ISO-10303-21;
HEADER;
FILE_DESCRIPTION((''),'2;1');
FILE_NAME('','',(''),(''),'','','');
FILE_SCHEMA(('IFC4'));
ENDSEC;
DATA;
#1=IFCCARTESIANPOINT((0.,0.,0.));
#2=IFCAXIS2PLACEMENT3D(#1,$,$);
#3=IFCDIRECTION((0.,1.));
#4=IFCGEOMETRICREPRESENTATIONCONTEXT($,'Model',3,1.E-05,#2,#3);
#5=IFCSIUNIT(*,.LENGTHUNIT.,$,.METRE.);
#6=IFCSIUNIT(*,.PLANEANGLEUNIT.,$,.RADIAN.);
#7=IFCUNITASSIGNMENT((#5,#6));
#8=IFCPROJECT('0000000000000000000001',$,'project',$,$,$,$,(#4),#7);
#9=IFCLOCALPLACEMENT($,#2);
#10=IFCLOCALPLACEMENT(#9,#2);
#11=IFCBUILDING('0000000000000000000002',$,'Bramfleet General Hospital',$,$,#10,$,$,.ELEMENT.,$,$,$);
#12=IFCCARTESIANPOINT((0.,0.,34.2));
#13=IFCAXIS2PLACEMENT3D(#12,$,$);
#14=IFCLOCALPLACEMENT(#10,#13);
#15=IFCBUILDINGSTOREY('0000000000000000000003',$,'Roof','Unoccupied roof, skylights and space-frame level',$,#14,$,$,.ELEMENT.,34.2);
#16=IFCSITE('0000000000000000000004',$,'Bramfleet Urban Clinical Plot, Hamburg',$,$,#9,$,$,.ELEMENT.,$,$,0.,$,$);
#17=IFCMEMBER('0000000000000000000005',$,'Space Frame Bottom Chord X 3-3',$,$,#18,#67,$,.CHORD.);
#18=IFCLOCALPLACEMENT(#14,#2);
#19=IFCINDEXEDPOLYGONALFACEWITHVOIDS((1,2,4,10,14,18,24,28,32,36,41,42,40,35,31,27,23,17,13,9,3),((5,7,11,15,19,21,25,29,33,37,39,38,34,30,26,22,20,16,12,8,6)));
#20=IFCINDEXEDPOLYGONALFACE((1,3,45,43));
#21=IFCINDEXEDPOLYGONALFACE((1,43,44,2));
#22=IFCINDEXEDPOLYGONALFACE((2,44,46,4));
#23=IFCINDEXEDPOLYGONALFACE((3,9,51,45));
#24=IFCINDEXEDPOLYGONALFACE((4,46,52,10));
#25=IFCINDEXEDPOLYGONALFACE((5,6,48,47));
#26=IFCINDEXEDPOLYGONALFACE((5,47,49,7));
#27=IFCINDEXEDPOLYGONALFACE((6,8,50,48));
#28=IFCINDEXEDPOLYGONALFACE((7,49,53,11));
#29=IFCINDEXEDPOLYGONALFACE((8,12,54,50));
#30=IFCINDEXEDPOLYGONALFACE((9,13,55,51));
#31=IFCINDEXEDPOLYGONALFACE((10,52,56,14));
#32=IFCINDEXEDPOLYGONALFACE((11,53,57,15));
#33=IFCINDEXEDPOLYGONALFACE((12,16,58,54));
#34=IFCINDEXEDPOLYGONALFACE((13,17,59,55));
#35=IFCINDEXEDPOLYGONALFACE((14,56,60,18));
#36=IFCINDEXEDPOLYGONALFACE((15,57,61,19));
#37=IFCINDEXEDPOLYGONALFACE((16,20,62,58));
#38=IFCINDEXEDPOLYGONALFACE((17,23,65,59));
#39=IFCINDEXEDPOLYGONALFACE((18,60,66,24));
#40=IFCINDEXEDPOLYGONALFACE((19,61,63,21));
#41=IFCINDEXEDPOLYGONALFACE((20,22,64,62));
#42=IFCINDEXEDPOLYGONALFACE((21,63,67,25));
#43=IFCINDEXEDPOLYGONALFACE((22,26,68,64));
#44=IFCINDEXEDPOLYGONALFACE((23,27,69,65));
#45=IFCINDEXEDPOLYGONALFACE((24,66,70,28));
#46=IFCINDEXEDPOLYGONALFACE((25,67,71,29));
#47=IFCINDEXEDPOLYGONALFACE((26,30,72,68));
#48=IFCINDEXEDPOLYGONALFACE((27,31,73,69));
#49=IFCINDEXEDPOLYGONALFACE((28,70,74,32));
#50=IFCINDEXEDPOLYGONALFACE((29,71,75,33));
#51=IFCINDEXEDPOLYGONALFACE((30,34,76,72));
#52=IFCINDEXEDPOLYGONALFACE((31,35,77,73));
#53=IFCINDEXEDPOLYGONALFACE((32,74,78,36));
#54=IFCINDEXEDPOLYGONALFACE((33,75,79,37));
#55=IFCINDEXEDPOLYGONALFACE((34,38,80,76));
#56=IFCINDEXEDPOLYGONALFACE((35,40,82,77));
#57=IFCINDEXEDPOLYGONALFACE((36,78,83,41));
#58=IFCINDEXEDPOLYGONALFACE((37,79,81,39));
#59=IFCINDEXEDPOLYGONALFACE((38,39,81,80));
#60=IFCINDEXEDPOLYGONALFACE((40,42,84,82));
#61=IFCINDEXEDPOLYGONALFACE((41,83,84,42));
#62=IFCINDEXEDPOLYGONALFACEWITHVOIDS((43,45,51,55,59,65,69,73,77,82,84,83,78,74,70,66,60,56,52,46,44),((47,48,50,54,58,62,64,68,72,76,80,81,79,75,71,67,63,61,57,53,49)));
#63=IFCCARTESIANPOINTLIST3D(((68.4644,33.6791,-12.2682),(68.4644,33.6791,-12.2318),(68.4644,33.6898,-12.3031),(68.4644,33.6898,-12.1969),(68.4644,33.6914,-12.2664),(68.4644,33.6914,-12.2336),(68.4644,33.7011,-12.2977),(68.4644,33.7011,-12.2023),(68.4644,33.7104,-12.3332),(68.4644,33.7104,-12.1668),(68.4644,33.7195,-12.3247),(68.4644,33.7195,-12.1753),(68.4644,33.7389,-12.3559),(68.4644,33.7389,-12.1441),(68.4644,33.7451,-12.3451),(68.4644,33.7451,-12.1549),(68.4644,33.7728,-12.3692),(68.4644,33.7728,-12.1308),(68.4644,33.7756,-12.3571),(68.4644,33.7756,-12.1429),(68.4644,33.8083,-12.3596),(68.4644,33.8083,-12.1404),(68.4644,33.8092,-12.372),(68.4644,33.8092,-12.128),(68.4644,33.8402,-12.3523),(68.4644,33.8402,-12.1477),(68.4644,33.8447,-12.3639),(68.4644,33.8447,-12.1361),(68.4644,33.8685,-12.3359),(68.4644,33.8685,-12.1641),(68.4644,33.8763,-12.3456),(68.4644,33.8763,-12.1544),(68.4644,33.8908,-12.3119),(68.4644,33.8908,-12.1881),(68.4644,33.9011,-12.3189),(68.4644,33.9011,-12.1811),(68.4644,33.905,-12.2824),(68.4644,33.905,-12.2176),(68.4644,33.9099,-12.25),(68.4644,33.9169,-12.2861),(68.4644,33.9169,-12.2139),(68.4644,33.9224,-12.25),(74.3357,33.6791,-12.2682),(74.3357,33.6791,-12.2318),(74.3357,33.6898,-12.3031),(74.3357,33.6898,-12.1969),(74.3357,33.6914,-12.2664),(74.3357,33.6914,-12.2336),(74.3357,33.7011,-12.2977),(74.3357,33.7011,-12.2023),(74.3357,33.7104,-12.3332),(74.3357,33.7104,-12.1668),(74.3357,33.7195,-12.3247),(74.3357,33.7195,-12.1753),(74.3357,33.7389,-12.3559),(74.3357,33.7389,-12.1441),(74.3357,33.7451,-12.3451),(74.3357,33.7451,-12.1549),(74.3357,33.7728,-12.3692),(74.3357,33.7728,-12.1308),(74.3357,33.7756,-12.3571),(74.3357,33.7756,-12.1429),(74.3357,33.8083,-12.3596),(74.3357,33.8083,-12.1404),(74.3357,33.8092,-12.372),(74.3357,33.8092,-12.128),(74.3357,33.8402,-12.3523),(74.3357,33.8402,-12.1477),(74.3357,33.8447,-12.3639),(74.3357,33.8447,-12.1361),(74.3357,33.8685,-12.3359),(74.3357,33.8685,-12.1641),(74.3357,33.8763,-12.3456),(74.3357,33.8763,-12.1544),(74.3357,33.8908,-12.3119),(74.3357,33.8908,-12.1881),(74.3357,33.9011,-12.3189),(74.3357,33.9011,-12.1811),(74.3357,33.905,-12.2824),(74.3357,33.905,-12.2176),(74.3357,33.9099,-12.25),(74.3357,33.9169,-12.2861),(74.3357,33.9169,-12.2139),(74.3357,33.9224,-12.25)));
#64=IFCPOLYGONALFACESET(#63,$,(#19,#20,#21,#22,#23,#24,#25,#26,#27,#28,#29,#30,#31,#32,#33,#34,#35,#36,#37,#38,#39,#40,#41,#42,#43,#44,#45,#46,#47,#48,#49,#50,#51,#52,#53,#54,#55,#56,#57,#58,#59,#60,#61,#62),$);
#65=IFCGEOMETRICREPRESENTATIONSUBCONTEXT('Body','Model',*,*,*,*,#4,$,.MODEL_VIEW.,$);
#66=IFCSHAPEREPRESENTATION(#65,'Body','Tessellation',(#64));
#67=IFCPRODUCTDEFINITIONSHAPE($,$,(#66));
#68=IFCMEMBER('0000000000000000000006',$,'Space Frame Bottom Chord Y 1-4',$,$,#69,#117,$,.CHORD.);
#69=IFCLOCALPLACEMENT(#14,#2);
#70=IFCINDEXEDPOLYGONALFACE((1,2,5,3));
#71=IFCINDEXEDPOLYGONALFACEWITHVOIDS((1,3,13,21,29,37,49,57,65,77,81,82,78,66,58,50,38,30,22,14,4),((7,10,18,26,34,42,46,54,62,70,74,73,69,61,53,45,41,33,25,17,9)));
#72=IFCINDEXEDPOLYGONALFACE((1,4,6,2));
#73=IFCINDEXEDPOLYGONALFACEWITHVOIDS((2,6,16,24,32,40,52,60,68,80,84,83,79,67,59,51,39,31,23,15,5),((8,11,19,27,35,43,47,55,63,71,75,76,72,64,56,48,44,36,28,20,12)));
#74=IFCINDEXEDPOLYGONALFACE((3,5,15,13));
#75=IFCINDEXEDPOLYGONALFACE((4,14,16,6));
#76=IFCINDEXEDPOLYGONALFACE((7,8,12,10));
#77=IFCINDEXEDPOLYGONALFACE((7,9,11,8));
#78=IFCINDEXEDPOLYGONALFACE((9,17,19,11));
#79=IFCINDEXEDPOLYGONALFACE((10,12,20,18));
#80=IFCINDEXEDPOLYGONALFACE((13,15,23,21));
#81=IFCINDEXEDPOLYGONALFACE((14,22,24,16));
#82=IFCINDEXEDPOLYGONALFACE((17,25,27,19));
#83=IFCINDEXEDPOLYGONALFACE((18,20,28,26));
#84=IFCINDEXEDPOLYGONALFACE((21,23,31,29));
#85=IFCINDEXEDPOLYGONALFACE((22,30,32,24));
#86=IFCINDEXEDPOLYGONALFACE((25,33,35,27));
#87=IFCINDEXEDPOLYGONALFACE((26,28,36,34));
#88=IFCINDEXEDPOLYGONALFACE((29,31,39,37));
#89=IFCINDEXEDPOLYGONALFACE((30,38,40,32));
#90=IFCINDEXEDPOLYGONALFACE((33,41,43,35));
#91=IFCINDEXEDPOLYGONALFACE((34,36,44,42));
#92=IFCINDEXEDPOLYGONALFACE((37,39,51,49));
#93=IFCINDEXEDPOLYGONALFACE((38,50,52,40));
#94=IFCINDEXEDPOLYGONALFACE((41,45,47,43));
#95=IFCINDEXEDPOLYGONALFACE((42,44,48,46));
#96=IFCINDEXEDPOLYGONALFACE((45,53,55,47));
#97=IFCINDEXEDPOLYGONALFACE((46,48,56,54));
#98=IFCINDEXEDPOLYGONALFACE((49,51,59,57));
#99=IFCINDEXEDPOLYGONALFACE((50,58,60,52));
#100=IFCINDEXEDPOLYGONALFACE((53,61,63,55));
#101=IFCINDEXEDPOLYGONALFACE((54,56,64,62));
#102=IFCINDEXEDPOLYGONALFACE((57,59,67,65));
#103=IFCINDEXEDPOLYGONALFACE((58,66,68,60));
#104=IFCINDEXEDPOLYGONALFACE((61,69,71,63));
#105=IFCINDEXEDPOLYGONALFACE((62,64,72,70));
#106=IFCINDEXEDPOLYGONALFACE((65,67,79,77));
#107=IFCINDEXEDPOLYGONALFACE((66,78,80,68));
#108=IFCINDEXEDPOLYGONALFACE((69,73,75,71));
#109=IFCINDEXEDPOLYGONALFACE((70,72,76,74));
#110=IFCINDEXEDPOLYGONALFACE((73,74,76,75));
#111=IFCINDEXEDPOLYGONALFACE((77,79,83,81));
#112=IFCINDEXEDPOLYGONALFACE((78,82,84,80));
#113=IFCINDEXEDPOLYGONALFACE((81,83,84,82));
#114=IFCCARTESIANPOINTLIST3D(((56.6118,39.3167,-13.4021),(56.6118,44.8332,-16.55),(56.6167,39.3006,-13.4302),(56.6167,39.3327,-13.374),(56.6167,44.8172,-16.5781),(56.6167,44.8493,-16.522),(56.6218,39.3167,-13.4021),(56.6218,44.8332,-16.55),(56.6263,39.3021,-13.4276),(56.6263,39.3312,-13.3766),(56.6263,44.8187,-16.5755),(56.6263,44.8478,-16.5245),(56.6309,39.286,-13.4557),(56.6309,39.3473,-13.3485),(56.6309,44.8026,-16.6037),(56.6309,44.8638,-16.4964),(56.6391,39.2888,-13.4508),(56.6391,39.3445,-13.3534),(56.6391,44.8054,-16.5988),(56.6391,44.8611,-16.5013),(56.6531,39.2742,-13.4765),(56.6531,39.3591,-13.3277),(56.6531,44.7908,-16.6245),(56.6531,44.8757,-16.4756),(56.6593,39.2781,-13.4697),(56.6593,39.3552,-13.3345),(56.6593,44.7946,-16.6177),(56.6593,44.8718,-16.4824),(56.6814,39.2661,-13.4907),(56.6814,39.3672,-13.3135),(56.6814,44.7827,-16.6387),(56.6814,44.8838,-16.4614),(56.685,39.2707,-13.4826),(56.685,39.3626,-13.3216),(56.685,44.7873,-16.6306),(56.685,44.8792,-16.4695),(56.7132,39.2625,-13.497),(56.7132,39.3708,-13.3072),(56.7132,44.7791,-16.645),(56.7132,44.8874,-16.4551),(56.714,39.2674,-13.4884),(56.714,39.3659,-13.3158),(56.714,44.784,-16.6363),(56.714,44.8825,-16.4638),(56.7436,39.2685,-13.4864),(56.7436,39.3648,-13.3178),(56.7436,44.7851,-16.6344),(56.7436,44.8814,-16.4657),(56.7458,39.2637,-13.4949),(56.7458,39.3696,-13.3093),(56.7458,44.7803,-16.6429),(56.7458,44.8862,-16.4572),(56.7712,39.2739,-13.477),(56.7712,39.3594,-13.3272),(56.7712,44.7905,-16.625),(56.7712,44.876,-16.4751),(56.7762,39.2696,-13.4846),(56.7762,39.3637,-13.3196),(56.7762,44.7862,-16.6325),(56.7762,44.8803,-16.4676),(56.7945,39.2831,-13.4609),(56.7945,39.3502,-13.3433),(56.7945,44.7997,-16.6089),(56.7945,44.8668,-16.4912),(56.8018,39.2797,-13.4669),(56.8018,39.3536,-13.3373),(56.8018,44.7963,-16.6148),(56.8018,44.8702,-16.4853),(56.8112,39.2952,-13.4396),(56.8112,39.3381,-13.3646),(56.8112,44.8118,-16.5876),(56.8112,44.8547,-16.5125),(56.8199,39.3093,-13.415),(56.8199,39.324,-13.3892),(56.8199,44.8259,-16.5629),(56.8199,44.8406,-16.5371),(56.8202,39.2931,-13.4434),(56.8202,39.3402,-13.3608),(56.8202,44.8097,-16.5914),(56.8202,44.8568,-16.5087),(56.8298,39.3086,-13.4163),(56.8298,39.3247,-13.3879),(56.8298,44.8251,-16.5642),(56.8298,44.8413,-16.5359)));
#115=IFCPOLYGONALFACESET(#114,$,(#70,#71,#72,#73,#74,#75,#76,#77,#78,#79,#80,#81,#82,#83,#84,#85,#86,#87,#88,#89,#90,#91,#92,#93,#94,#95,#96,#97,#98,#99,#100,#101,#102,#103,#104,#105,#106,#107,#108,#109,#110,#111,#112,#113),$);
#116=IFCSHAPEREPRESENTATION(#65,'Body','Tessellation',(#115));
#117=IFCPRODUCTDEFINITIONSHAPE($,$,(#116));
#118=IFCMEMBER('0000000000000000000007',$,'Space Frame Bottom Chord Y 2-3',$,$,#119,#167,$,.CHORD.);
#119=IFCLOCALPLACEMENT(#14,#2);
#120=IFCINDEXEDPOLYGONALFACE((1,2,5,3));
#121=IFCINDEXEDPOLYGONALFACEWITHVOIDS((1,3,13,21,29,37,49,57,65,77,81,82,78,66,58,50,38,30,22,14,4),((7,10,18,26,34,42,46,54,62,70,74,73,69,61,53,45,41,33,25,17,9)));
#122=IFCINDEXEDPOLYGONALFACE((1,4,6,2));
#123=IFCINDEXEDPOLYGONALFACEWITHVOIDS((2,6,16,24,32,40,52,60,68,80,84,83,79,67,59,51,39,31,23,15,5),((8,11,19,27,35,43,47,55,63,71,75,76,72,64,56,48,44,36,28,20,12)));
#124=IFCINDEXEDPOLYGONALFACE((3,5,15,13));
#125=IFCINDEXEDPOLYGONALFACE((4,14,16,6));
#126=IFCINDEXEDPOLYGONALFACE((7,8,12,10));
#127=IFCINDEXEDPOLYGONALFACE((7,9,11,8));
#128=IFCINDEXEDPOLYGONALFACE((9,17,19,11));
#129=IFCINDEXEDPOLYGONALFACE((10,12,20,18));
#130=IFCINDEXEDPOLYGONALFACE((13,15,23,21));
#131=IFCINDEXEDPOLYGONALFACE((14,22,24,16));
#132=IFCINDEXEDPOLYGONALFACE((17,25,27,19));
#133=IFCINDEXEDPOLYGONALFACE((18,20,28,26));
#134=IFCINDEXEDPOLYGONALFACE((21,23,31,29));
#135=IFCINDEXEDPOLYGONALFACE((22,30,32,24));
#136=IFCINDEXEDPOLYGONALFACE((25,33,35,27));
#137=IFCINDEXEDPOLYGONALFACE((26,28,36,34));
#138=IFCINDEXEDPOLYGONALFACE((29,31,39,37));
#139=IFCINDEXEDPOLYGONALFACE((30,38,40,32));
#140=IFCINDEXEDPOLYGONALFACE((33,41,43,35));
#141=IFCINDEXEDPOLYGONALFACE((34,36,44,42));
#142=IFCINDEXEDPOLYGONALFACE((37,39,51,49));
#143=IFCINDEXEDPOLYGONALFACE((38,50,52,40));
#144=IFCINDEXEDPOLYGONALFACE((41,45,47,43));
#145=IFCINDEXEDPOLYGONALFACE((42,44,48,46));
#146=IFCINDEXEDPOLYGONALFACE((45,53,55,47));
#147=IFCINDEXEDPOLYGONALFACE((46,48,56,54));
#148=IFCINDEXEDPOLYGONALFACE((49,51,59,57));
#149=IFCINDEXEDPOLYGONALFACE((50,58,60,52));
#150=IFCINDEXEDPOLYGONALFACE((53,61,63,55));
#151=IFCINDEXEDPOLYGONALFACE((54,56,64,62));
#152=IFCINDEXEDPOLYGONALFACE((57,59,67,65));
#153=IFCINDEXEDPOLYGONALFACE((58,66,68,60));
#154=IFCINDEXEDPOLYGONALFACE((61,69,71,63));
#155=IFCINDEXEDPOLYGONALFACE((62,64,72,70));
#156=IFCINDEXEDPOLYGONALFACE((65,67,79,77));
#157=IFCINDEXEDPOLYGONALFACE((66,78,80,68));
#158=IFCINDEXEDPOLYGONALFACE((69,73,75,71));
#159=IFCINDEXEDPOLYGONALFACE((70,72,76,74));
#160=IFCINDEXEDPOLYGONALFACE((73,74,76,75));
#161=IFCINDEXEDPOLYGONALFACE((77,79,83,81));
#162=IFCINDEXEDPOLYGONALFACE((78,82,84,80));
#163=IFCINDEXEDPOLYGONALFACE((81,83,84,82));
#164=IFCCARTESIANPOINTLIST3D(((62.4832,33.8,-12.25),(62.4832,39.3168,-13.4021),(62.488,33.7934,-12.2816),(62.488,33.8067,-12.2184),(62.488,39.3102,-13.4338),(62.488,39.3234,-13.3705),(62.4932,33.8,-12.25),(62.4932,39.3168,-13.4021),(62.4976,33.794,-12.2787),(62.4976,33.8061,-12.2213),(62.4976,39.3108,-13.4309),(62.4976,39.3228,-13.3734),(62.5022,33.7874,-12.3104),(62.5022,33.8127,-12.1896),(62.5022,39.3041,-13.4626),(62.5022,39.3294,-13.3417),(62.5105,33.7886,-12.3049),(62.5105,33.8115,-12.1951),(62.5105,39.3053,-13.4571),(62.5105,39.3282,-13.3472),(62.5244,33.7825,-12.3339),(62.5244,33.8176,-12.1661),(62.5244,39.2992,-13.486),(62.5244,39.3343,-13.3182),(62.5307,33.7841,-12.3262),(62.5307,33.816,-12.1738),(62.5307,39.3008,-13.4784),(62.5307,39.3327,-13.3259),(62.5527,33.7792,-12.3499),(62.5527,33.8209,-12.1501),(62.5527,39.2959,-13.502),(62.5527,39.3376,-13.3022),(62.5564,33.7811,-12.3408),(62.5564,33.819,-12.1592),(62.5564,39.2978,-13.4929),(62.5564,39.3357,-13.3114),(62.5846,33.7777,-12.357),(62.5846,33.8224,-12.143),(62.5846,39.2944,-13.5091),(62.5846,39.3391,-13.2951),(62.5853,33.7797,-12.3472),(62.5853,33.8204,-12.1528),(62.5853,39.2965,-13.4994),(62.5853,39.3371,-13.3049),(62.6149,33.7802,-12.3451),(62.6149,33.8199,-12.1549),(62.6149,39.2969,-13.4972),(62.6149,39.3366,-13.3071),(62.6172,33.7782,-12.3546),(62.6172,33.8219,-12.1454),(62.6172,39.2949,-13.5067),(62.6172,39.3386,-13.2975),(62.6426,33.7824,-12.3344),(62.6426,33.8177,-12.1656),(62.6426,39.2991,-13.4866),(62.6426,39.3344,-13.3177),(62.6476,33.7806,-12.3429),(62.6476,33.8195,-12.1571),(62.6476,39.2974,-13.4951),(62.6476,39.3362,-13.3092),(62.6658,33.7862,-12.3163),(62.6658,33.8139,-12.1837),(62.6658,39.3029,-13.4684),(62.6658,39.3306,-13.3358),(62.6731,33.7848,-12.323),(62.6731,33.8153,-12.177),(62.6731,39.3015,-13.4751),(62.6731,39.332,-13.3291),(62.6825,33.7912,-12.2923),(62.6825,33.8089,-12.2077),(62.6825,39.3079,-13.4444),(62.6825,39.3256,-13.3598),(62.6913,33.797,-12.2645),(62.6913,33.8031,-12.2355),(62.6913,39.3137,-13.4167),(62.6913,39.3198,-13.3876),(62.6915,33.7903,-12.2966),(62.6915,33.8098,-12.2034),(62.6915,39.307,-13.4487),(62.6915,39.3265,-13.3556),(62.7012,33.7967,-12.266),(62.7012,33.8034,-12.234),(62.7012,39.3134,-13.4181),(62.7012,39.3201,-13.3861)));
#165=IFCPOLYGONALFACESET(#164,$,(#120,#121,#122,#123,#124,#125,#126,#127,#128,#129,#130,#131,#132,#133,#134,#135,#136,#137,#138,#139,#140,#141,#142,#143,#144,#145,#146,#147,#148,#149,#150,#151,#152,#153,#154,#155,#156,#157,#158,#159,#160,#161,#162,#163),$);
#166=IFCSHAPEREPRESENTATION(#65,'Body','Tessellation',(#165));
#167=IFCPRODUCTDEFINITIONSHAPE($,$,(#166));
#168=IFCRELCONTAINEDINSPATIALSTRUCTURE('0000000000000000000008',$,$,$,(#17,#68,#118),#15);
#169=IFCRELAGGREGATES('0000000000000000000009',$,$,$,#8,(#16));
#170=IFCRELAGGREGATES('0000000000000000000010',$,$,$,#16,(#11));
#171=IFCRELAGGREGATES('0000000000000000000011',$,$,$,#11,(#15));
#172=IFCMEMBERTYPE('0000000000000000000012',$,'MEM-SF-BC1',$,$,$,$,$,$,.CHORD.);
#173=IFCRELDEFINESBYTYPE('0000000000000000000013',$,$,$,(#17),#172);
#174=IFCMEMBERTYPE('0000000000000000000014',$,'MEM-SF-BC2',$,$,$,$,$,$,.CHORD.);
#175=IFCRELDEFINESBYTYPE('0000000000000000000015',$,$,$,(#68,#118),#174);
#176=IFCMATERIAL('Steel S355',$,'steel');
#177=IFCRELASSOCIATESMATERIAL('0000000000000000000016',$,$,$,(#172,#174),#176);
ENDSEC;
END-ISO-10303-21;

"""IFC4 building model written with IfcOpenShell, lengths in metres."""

from ifc_helpers import new_model, si_unit, direction, frame, origin, origin_2d, place, context, subcontext, project, spatial, hollow_circle, extrude, material, material_profile, profile_set, type_object, element, save


model = new_model("IFC4")

# Units and contexts
model_context = context("Model", 3, precision=1e-05, world=origin(), true_north=direction((0.0, 1.0)))
body_context = subcontext(model_context, "Body", "Model", "MODEL_VIEW")
ifc_project = project(units=[si_unit("LENGTHUNIT", "METRE"), si_unit("PLANEANGLEUNIT", "RADIAN")], contexts=[model_context])

# Site, building, storey
site_placement = place(None, origin())
site = spatial("IfcSite", under=ifc_project, at=site_placement, Name="Bramfleet Urban Clinical Plot, Hamburg", CompositionType="ELEMENT", RefElevation=0.0)
building_placement = place(site_placement, origin())
building = spatial("IfcBuilding", under=site, at=building_placement, Name="Bramfleet General Hospital", CompositionType="ELEMENT")
storey_placement = place(building_placement, frame((0.0, 0.0, 34.2)))
storey = spatial("IfcBuildingStorey", under=building, at=storey_placement, Name="Roof", Description="Unoccupied roof, skylights and space-frame level", CompositionType="ELEMENT", Elevation=34.2)

# Members
ifc_material = material(Name="Steel S355", Category="steel")
ifc_material_profile_1 = material_profile(ifc_material, hollow_circle(Radius=0.1223, WallThickness=0.0125, at=origin_2d()), Name="CHS 244.5x12.5")
ifc_profile_set_1 = profile_set([ifc_material_profile_1], Name="Steel S355")
member_type_1 = type_object("IfcMemberType", Name="MEM-SF-BC1", PredefinedType="CHORD", material=ifc_profile_set_1)
member_1_placement = place(storey_placement, frame((68.4644, 33.8, -12.25), z_axis=(1.0, 0.0, 0.0), x_axis=(0.0, 1.0, 0.0)))
element("IfcMember", 1, at=member_1_placement, inside=storey, type_object=member_type_1, Name="Space Frame Bottom Chord X 3-3", PredefinedType="CHORD", context=body_context, shape_type="SweptSolid", body=[
    extrude(hollow_circle(Radius=0.1223, WallThickness=0.0125, at=origin_2d()), origin(), (0.0, 0.0, 1.0), 5.8713),
])
ifc_material_profile_2 = material_profile(ifc_material, hollow_circle(Radius=0.1096, WallThickness=0.01, at=origin_2d()), Name="CHS 219.1x10.0")
ifc_profile_set_2 = profile_set([ifc_material_profile_2], Name="Steel S355")
member_type_2 = type_object("IfcMemberType", Name="MEM-SF-BC2", PredefinedType="CHORD", material=ifc_profile_set_2)
member_2_placement = place(storey_placement, frame((56.7214, 39.3167, -13.4021), z_axis=(0.0, 0.868541, -0.495617), x_axis=(-1.0, 0.0, 0.0)))
element("IfcMember", 2, at=member_2_placement, inside=storey, type_object=member_type_2, Name="Space Frame Bottom Chord Y 1-4", PredefinedType="CHORD", context=body_context, shape_type="SweptSolid", body=[
    extrude(hollow_circle(Radius=0.1096, WallThickness=0.01, at=origin_2d()), origin(), (0.0, 0.0, 1.0), 6.3516),
])
member_3_placement = place(storey_placement, frame((62.5928, 33.8, -12.25), z_axis=(0.0, 0.978881, -0.204432), x_axis=(-1.0, 0.0, 0.0)))
element("IfcMember", 3, at=member_3_placement, inside=storey, type_object=member_type_2, Name="Space Frame Bottom Chord Y 2-3", PredefinedType="CHORD", context=body_context, shape_type="SweptSolid", body=[
    extrude(hollow_circle(Radius=0.1096, WallThickness=0.01, at=origin_2d()), origin(), (0.0, 0.0, 1.0), 5.6357),
])

save(model, "model.ifc")
